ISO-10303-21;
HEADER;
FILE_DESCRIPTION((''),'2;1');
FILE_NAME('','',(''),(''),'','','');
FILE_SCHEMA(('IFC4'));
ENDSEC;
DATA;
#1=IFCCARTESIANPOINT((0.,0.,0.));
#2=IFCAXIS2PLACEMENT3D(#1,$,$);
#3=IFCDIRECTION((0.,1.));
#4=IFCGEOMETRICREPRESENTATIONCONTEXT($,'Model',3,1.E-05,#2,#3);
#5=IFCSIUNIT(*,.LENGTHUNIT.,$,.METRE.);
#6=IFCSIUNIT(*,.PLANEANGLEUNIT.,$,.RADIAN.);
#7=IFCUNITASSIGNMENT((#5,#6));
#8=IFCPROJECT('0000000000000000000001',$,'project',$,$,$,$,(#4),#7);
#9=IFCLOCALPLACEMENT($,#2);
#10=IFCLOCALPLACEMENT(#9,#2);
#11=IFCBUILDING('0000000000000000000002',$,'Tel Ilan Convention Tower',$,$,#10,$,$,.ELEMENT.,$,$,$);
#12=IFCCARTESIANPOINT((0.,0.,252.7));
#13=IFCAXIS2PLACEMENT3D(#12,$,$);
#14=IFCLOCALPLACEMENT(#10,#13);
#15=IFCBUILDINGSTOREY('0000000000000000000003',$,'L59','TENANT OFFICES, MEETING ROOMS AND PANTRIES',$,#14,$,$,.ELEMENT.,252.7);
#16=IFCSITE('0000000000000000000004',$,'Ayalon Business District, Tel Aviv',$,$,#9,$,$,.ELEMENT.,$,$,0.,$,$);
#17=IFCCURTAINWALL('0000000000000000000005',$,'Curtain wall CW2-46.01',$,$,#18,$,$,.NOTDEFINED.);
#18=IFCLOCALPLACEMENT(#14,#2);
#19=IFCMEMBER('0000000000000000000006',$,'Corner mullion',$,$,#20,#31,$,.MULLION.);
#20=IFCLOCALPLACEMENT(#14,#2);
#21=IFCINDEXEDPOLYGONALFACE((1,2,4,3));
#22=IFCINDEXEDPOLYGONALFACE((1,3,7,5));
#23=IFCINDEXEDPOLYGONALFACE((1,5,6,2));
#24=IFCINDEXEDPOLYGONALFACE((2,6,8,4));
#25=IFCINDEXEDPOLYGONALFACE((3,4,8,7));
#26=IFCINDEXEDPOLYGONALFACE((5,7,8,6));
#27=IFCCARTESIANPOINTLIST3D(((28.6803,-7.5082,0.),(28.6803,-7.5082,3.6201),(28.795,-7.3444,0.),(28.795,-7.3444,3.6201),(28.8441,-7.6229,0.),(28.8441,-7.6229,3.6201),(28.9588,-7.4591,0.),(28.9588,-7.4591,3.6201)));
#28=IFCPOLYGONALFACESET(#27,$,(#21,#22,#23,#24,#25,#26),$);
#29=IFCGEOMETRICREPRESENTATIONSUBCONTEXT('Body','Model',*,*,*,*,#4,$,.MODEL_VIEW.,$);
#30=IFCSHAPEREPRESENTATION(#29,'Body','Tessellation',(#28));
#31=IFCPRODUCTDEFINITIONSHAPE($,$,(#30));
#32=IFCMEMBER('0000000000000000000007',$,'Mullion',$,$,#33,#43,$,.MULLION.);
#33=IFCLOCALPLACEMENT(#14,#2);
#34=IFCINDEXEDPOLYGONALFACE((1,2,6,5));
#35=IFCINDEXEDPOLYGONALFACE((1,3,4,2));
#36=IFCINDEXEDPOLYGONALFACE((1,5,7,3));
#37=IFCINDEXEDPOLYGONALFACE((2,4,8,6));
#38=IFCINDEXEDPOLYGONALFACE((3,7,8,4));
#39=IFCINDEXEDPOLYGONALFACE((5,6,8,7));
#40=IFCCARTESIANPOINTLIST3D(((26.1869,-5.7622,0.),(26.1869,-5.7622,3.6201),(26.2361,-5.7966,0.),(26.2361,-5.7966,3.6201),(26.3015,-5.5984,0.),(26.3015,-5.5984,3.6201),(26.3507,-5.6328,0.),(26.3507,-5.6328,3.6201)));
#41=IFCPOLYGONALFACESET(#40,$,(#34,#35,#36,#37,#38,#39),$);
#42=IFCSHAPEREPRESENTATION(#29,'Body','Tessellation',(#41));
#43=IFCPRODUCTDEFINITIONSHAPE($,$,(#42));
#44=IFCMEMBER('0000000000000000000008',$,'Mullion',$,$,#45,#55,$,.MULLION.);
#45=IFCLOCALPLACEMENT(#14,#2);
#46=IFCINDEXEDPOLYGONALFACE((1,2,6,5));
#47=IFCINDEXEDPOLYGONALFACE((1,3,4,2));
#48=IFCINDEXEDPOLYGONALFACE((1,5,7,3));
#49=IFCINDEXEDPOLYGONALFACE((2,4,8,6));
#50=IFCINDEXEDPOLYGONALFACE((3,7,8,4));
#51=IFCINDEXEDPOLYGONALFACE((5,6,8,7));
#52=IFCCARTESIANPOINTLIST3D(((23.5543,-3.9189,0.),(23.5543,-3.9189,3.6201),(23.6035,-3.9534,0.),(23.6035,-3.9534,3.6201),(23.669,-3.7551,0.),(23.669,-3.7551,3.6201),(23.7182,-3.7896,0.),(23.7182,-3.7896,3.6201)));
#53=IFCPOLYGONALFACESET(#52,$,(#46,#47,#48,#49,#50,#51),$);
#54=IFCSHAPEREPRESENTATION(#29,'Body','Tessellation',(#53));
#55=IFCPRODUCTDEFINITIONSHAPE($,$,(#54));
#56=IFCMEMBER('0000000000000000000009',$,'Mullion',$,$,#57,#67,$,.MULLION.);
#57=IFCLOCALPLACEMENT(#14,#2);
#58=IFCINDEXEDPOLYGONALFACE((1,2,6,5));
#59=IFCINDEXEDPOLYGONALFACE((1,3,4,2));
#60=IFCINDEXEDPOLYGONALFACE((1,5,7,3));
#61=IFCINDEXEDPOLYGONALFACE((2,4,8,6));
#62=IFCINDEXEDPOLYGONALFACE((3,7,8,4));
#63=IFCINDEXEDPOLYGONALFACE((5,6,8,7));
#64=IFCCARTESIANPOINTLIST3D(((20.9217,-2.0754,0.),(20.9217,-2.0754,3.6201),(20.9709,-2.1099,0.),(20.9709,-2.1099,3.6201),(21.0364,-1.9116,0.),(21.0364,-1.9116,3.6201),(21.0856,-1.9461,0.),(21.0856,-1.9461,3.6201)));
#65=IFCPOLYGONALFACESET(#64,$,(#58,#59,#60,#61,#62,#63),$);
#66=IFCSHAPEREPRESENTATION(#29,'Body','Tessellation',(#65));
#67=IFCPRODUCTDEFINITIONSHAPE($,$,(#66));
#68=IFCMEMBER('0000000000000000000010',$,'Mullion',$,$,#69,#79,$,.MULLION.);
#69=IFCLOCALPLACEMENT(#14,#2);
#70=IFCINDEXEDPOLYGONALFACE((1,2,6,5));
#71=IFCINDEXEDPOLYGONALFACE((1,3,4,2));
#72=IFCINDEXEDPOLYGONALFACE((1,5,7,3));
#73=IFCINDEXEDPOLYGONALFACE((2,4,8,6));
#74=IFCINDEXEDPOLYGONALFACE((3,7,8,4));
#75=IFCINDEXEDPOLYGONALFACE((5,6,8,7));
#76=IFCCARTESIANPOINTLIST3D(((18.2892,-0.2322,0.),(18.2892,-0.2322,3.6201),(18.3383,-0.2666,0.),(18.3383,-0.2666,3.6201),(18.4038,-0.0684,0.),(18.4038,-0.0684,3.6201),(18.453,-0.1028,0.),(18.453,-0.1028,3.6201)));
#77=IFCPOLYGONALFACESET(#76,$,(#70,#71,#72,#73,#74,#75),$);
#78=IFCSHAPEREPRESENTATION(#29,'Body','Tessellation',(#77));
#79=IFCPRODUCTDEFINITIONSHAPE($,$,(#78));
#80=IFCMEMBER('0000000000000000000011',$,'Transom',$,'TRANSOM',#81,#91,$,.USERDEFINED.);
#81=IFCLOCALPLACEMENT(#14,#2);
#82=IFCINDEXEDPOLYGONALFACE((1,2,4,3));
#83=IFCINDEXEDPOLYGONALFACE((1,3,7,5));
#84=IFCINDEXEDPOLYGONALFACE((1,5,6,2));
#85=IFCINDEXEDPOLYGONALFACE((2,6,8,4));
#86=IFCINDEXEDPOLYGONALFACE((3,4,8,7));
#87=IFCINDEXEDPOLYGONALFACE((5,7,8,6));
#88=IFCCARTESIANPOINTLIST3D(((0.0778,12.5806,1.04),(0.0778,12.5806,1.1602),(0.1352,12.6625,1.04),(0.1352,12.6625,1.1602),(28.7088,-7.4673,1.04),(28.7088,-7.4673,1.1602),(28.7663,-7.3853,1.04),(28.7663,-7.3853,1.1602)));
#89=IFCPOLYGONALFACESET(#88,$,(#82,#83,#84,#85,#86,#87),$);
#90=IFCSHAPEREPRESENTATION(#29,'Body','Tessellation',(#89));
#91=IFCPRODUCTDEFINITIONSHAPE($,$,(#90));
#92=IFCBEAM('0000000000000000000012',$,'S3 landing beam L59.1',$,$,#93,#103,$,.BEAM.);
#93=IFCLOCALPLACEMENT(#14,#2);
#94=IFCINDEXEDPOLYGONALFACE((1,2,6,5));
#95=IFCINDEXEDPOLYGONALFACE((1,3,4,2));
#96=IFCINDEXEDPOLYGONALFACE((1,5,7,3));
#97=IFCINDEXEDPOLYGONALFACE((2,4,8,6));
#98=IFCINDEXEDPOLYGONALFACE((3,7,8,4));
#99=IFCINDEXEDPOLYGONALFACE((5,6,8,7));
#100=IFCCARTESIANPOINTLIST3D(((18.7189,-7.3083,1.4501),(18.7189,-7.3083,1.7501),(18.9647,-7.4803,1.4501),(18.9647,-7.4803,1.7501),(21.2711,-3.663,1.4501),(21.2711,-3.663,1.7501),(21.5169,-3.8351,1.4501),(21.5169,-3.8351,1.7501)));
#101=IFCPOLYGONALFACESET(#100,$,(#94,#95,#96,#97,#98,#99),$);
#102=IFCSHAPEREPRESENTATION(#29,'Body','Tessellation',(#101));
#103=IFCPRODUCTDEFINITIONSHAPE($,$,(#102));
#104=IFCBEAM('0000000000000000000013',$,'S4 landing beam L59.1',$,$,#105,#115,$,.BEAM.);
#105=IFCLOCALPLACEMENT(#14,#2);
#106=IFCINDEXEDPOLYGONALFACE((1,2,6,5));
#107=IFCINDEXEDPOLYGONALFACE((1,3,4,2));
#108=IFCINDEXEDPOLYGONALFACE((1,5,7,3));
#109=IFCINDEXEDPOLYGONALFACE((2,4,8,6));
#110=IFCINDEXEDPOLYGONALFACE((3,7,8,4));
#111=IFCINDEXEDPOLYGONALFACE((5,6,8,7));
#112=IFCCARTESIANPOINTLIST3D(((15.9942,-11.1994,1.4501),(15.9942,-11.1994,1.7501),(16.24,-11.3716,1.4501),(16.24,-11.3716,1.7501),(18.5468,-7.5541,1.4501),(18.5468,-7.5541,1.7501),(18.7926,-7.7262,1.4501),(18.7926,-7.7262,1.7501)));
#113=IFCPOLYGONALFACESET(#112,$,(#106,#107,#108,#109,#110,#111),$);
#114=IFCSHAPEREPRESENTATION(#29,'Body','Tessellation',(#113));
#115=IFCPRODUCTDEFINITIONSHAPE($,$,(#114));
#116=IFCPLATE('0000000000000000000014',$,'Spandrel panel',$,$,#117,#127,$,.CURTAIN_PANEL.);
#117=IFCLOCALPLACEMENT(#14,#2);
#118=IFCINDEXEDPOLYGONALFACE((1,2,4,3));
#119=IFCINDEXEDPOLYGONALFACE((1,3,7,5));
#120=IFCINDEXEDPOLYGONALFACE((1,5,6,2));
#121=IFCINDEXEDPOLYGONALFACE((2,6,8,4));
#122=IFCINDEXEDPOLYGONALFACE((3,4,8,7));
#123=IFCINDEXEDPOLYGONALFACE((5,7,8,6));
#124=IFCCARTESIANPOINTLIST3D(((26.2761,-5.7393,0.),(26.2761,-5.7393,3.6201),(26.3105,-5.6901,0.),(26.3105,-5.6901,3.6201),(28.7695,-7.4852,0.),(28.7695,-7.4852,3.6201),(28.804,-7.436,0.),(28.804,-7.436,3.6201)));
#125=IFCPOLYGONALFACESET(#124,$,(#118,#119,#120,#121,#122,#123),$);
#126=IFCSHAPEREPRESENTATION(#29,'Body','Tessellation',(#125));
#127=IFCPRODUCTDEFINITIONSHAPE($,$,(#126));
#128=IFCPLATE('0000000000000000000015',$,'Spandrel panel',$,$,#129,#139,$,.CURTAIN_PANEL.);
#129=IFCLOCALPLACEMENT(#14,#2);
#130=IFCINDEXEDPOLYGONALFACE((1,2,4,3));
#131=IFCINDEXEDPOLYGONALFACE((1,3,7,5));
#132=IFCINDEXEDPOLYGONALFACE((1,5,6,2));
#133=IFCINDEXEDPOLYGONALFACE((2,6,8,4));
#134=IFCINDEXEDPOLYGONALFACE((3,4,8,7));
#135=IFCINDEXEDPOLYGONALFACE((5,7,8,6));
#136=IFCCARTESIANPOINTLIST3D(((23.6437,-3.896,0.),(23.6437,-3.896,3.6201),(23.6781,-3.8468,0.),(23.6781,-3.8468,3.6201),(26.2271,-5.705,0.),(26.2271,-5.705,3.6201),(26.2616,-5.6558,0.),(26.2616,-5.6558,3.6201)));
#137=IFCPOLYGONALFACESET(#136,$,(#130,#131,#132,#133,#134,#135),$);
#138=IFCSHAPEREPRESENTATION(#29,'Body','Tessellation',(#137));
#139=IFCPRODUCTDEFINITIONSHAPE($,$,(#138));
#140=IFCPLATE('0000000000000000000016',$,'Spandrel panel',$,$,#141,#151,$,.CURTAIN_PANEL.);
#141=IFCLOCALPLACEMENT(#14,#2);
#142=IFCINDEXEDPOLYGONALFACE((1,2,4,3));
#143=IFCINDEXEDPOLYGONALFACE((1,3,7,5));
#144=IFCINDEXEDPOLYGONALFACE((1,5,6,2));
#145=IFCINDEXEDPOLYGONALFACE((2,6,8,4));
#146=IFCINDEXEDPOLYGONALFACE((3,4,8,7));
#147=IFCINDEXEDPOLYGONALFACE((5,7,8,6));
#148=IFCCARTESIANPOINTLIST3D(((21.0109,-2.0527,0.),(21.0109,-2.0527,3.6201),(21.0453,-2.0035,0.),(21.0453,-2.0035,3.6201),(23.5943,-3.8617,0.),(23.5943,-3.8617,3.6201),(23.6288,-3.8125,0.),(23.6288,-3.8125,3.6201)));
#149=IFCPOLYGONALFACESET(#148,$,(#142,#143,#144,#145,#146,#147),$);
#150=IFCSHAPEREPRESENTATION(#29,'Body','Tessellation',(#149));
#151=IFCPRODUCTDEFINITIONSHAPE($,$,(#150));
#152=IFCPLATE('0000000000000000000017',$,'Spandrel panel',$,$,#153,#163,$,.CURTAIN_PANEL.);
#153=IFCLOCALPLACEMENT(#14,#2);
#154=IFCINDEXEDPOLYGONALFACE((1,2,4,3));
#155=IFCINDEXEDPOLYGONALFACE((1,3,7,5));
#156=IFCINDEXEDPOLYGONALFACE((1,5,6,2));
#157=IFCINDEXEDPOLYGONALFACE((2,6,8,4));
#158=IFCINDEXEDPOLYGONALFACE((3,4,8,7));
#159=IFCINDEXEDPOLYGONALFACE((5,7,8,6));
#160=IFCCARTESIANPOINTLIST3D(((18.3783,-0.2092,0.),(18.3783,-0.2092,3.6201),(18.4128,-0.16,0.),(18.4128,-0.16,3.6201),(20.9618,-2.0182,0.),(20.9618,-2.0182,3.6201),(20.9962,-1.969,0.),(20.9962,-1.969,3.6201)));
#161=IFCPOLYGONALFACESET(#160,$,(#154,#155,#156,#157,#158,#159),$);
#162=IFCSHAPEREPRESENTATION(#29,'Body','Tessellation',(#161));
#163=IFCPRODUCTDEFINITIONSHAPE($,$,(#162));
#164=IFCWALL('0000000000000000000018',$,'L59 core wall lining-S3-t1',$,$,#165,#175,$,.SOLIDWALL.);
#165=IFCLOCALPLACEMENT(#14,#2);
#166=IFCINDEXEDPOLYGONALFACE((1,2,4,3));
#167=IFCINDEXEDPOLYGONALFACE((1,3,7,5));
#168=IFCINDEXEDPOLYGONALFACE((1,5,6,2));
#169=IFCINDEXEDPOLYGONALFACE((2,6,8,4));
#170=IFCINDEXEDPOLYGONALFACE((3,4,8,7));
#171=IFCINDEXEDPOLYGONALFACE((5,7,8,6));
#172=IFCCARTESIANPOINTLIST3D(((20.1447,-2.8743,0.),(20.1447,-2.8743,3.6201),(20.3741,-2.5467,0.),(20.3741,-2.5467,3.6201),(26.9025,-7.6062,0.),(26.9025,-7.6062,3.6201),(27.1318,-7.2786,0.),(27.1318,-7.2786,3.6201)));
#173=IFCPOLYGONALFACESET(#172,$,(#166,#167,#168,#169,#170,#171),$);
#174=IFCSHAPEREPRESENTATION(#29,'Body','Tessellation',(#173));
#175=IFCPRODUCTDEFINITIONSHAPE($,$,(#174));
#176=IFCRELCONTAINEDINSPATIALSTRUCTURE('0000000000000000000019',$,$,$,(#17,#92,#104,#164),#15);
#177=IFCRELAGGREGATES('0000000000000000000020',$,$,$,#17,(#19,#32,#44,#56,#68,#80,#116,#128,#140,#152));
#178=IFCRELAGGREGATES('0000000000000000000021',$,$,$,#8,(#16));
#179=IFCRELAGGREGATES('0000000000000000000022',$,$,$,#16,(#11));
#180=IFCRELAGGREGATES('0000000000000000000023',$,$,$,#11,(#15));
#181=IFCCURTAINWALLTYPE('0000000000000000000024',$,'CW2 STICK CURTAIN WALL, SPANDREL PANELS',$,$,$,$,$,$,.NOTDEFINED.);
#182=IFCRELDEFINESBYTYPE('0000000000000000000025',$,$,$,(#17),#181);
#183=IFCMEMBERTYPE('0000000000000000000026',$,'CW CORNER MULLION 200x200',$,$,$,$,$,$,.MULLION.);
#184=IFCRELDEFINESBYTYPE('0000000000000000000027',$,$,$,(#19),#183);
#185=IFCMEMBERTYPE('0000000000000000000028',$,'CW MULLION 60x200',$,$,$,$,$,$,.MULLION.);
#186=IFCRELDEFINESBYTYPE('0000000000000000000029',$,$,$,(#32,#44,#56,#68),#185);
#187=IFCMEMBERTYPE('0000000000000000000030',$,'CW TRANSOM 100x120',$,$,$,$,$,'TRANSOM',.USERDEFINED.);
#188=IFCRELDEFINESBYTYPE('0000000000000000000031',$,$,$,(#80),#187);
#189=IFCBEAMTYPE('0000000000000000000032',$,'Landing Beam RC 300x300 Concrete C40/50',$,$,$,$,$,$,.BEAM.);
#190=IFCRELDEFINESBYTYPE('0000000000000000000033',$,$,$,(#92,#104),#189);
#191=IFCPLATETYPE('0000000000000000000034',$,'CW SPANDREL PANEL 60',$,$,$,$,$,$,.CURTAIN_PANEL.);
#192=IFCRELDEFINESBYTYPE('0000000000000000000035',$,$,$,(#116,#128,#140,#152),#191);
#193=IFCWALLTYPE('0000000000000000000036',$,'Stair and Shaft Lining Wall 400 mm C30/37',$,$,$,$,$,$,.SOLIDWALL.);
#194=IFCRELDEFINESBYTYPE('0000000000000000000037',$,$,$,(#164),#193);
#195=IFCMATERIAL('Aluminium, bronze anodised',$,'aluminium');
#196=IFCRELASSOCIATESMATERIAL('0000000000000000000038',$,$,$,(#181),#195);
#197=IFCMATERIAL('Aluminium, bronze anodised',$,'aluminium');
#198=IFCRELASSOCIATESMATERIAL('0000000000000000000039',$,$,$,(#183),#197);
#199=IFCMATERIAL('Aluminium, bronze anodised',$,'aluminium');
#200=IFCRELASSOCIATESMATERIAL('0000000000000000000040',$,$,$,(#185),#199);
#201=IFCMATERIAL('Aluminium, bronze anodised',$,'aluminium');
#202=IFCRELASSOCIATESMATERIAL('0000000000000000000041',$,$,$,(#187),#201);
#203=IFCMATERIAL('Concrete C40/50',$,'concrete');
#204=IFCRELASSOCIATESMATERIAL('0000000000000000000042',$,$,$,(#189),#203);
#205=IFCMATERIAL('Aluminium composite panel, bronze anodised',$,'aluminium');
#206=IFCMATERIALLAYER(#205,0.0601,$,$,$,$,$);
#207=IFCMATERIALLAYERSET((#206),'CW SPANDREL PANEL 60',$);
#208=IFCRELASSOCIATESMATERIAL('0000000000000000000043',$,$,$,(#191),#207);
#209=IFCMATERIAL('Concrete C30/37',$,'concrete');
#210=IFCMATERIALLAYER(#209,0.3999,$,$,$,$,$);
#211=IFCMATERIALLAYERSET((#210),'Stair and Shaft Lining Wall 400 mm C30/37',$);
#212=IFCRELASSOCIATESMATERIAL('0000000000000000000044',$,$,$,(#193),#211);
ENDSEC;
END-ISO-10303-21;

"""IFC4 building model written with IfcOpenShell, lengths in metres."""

from ifc_helpers import new_model, si_unit, direction, frame, frame_2d, origin, origin_2d, place, context, subcontext, project, spatial, rectangle, extrude, material, layer, layer_set, material_profile, profile_set, type_object, element, aggregate, save


model = new_model("IFC4")

# Units and contexts
model_context = context("Model", 3, precision=1e-05, world=origin(), true_north=direction((0.0, 1.0)))
body_context = subcontext(model_context, "Body", "Model", "MODEL_VIEW")
ifc_project = project(units=[si_unit("LENGTHUNIT", "METRE"), si_unit("PLANEANGLEUNIT", "RADIAN")], contexts=[model_context])

# Site, building, storey
site_placement = place(None, origin())
site = spatial("IfcSite", under=ifc_project, at=site_placement, Name="Ayalon Business District, Tel Aviv", CompositionType="ELEMENT", RefElevation=0.0)
building_placement = place(site_placement, origin())
building = spatial("IfcBuilding", under=site, at=building_placement, Name="Tel Ilan Convention Tower", CompositionType="ELEMENT")
storey_placement = place(building_placement, frame((0.0, 0.0, 252.7)))
storey = spatial("IfcBuildingStorey", under=building, at=storey_placement, Name="L59", Description="TENANT OFFICES, MEETING ROOMS AND PANTRIES", CompositionType="ELEMENT", Elevation=252.7)

# Curtain wall, members
ifc_material_1 = material(Name="Aluminium, bronze anodised", Category="aluminium")
curtain_wall_type = type_object("IfcCurtainWallType", Name="CW2 STICK CURTAIN WALL, SPANDREL PANELS", PredefinedType="NOTDEFINED", material=ifc_material_1)
curtain_wall_placement = place(storey_placement, origin())
curtain_wall = element("IfcCurtainWall", 1, at=curtain_wall_placement, inside=storey, type_object=curtain_wall_type, Name="Curtain wall CW2-46.01", PredefinedType="NOTDEFINED")
ifc_material_2 = material(Name="Aluminium, bronze anodised", Category="aluminium")
ifc_material_profile_1 = material_profile(ifc_material_2, rectangle(XDim=0.2, YDim=0.2, at=origin_2d()), Name="CW CORNER MULLION 200x200")
ifc_profile_set_1 = profile_set([ifc_material_profile_1], Name="Aluminium, bronze anodised")
member_type_1 = type_object("IfcMemberType", Name="CW CORNER MULLION 200x200", PredefinedType="MULLION", material=ifc_profile_set_1)
member_1_placement = place(storey_placement, frame((28.8196, -7.4836, 0.0), z_axis=(0.0, 0.0, 1.0), x_axis=(0.573576, 0.819152, 0.0)))
member_1 = element("IfcMember", 2, at=member_1_placement, type_object=member_type_1, Name="Corner mullion", PredefinedType="MULLION", context=body_context, shape_type="SweptSolid", body=[
    extrude(rectangle(XDim=0.2, YDim=0.2, at=origin_2d()), origin(), (0.0, 0.0, 1.0), 3.6201),
])
ifc_material_3 = material(Name="Aluminium, bronze anodised", Category="aluminium")
ifc_material_profile_2 = material_profile(ifc_material_3, rectangle(XDim=0.0601, YDim=0.2, at=origin_2d()), Name="CW MULLION 60x200")
ifc_profile_set_2 = profile_set([ifc_material_profile_2], Name="Aluminium, bronze anodised")
member_type_2 = type_object("IfcMemberType", Name="CW MULLION 60x200", PredefinedType="MULLION", material=ifc_profile_set_2)
member_2_placement = place(storey_placement, frame((26.2688, -5.6975, 0.0), z_axis=(0.0, 0.0, 1.0), x_axis=(-0.819152, 0.573576, 0.0)))
member_2 = element("IfcMember", 3, at=member_2_placement, type_object=member_type_2, Name="Mullion", PredefinedType="MULLION", context=body_context, shape_type="SweptSolid", body=[
    extrude(rectangle(XDim=0.0601, YDim=0.2, at=origin_2d()), origin(), (0.0, 0.0, 1.0), 3.6201),
])
member_3_placement = place(storey_placement, frame((23.6362, -3.8542, 0.0), z_axis=(0.0, 0.0, 1.0), x_axis=(-0.819152, 0.573576, 0.0)))
member_3 = element("IfcMember", 4, at=member_3_placement, type_object=member_type_2, Name="Mullion", PredefinedType="MULLION", context=body_context, shape_type="SweptSolid", body=[
    extrude(rectangle(XDim=0.0601, YDim=0.2, at=origin_2d()), origin(), (0.0, 0.0, 1.0), 3.6201),
])
member_4_placement = place(storey_placement, frame((21.0037, -2.0107, 0.0), z_axis=(0.0, 0.0, 1.0), x_axis=(-0.819152, 0.573576, 0.0)))
member_4 = element("IfcMember", 5, at=member_4_placement, type_object=member_type_2, Name="Mullion", PredefinedType="MULLION", context=body_context, shape_type="SweptSolid", body=[
    extrude(rectangle(XDim=0.0601, YDim=0.2, at=origin_2d()), origin(), (0.0, 0.0, 1.0), 3.6201),
])
member_5_placement = place(storey_placement, frame((18.3711, -0.1675, 0.0), z_axis=(0.0, 0.0, 1.0), x_axis=(-0.819152, 0.573576, 0.0)))
member_5 = element("IfcMember", 6, at=member_5_placement, type_object=member_type_2, Name="Mullion", PredefinedType="MULLION", context=body_context, shape_type="SweptSolid", body=[
    extrude(rectangle(XDim=0.0601, YDim=0.2, at=origin_2d()), origin(), (0.0, 0.0, 1.0), 3.6201),
])
ifc_material_4 = material(Name="Aluminium, bronze anodised", Category="aluminium")
ifc_material_profile_3 = material_profile(ifc_material_4, rectangle(XDim=0.1001, YDim=0.1201, at=origin_2d()), Name="CW TRANSOM 100x120")
ifc_profile_set_3 = profile_set([ifc_material_profile_3], Name="Aluminium, bronze anodised")
member_type_3 = type_object("IfcMemberType", Name="CW TRANSOM 100x120", ElementType="TRANSOM", PredefinedType="USERDEFINED", material=ifc_profile_set_3)
member_6_placement = place(storey_placement, frame((28.7375, -7.4263, 1.1001), z_axis=(-0.81915, 0.573579, 0.0), x_axis=(-0.573579, -0.81915, 0.0)))
member_6 = element("IfcMember", 7, at=member_6_placement, type_object=member_type_3, Name="Transom", ObjectType="TRANSOM", PredefinedType="USERDEFINED", context=body_context, shape_type="SweptSolid", body=[
    extrude(rectangle(XDim=0.1001, YDim=0.1201, at=origin_2d()), origin(), (0.0, 0.0, 1.0), 34.9521),
])

# Beams
ifc_material_5 = material(Name="Concrete C40/50", Category="concrete")
ifc_material_profile_4 = material_profile(ifc_material_5, rectangle(XDim=0.3, YDim=0.3, at=origin_2d()), Name="RC 300x300")
ifc_profile_set_4 = profile_set([ifc_material_profile_4], Name="Concrete C40/50")
beam_type = type_object("IfcBeamType", Name="Landing Beam RC 300x300 Concrete C40/50", PredefinedType="BEAM", material=ifc_profile_set_4)
beam_1_placement = place(storey_placement, frame((21.394, -3.749, 1.6001), z_axis=(-0.573547, -0.819173, 0.0), x_axis=(0.819173, -0.573547, 0.0)))
element("IfcBeam", 8, at=beam_1_placement, inside=storey, type_object=beam_type, Name="S3 landing beam L59.1", PredefinedType="BEAM", context=body_context, shape_type="SweptSolid", body=[
    extrude(rectangle(XDim=0.3, YDim=0.3, at=origin_2d()), origin(), (0.0, 0.0, 1.0), 4.45),
])
beam_2_placement = place(storey_placement, frame((18.6697, -7.6401, 1.6001), z_axis=(-0.573584, -0.819147, 0.0), x_axis=(0.819147, -0.573584, 0.0)))
element("IfcBeam", 9, at=beam_2_placement, inside=storey, type_object=beam_type, Name="S4 landing beam L59.1", PredefinedType="BEAM", context=body_context, shape_type="SweptSolid", body=[
    extrude(rectangle(XDim=0.3, YDim=0.3, at=origin_2d()), origin(), (0.0, 0.0, 1.0), 4.4502),
])

# Plates
ifc_material_6 = material(Name="Aluminium composite panel, bronze anodised", Category="aluminium")
ifc_layer_1 = layer(ifc_material_6, 0.0601)
ifc_layer_set_1 = layer_set([ifc_layer_1], Name="CW SPANDREL PANEL 60")
plate_type = type_object("IfcPlateType", Name="CW SPANDREL PANEL 60", PredefinedType="CURTAIN_PANEL", material=ifc_layer_set_1)
plate_1_placement = place(storey_placement, frame((27.54, -6.5876, 0.0), z_axis=(0.0, 0.0, 1.0), x_axis=(-0.819152, 0.573576, 0.0)))
plate_1 = element("IfcPlate", 10, at=plate_1_placement, type_object=plate_type, Name="Spandrel panel", PredefinedType="CURTAIN_PANEL", context=body_context, shape_type="SweptSolid", body=[
    extrude(rectangle(XDim=3.0439, YDim=0.0601, at=origin_2d()), origin(), (0.0, 0.0, 1.0), 3.6201),
])
plate_2_placement = place(storey_placement, frame((24.9526, -4.7759, 0.0), z_axis=(0.0, 0.0, 1.0), x_axis=(-0.819152, 0.573576, 0.0)))
plate_2 = element("IfcPlate", 11, at=plate_2_placement, type_object=plate_type, Name="Spandrel panel", PredefinedType="CURTAIN_PANEL", context=body_context, shape_type="SweptSolid", body=[
    extrude(rectangle(XDim=3.1538, YDim=0.0601, at=origin_2d()), origin(), (0.0, 0.0, 1.0), 3.6201),
])
plate_3_placement = place(storey_placement, frame((22.3198, -2.9326, 0.0), z_axis=(0.0, 0.0, 1.0), x_axis=(-0.819152, 0.573576, 0.0)))
plate_3 = element("IfcPlate", 12, at=plate_3_placement, type_object=plate_type, Name="Spandrel panel", PredefinedType="CURTAIN_PANEL", context=body_context, shape_type="SweptSolid", body=[
    extrude(rectangle(XDim=3.1538, YDim=0.0601, at=origin_2d()), origin(), (0.0, 0.0, 1.0), 3.6201),
])
plate_4_placement = place(storey_placement, frame((19.6873, -1.0891, 0.0), z_axis=(0.0, 0.0, 1.0), x_axis=(-0.819152, 0.573576, 0.0)))
plate_4 = element("IfcPlate", 13, at=plate_4_placement, type_object=plate_type, Name="Spandrel panel", PredefinedType="CURTAIN_PANEL", context=body_context, shape_type="SweptSolid", body=[
    extrude(rectangle(XDim=3.1538, YDim=0.0601, at=origin_2d()), origin(), (0.0, 0.0, 1.0), 3.6201),
])
aggregate(curtain_wall, [member_1, member_2, member_3, member_4, member_5, member_6, plate_1, plate_2, plate_3, plate_4])

# Wall
ifc_material_7 = material(Name="Concrete C30/37", Category="concrete")
ifc_layer_2 = layer(ifc_material_7, 0.3999)
ifc_layer_set_2 = layer_set([ifc_layer_2], Name="Stair and Shaft Lining Wall 400 mm C30/37")
wall_type = type_object("IfcWallType", Name="Stair and Shaft Lining Wall 400 mm C30/37", PredefinedType="SOLIDWALL", material=ifc_layer_set_2)
wall_placement = place(storey_placement, frame((20.2593, -2.7104, 0.0), z_axis=(0.0, 0.0, 1.0), x_axis=(0.819148, -0.573582, 0.0)))
element("IfcWall", 14, at=wall_placement, inside=storey, type_object=wall_type, Name="L59 core wall lining-S3-t1", PredefinedType="SOLIDWALL", context=body_context, shape_type="SweptSolid", body=[
    extrude(rectangle(XDim=8.2498, YDim=0.3999, at=frame_2d((4.125, 0.0))), origin(), (0.0, 0.0, 1.0), 3.6201),
])

save(model, "model.ifc")
